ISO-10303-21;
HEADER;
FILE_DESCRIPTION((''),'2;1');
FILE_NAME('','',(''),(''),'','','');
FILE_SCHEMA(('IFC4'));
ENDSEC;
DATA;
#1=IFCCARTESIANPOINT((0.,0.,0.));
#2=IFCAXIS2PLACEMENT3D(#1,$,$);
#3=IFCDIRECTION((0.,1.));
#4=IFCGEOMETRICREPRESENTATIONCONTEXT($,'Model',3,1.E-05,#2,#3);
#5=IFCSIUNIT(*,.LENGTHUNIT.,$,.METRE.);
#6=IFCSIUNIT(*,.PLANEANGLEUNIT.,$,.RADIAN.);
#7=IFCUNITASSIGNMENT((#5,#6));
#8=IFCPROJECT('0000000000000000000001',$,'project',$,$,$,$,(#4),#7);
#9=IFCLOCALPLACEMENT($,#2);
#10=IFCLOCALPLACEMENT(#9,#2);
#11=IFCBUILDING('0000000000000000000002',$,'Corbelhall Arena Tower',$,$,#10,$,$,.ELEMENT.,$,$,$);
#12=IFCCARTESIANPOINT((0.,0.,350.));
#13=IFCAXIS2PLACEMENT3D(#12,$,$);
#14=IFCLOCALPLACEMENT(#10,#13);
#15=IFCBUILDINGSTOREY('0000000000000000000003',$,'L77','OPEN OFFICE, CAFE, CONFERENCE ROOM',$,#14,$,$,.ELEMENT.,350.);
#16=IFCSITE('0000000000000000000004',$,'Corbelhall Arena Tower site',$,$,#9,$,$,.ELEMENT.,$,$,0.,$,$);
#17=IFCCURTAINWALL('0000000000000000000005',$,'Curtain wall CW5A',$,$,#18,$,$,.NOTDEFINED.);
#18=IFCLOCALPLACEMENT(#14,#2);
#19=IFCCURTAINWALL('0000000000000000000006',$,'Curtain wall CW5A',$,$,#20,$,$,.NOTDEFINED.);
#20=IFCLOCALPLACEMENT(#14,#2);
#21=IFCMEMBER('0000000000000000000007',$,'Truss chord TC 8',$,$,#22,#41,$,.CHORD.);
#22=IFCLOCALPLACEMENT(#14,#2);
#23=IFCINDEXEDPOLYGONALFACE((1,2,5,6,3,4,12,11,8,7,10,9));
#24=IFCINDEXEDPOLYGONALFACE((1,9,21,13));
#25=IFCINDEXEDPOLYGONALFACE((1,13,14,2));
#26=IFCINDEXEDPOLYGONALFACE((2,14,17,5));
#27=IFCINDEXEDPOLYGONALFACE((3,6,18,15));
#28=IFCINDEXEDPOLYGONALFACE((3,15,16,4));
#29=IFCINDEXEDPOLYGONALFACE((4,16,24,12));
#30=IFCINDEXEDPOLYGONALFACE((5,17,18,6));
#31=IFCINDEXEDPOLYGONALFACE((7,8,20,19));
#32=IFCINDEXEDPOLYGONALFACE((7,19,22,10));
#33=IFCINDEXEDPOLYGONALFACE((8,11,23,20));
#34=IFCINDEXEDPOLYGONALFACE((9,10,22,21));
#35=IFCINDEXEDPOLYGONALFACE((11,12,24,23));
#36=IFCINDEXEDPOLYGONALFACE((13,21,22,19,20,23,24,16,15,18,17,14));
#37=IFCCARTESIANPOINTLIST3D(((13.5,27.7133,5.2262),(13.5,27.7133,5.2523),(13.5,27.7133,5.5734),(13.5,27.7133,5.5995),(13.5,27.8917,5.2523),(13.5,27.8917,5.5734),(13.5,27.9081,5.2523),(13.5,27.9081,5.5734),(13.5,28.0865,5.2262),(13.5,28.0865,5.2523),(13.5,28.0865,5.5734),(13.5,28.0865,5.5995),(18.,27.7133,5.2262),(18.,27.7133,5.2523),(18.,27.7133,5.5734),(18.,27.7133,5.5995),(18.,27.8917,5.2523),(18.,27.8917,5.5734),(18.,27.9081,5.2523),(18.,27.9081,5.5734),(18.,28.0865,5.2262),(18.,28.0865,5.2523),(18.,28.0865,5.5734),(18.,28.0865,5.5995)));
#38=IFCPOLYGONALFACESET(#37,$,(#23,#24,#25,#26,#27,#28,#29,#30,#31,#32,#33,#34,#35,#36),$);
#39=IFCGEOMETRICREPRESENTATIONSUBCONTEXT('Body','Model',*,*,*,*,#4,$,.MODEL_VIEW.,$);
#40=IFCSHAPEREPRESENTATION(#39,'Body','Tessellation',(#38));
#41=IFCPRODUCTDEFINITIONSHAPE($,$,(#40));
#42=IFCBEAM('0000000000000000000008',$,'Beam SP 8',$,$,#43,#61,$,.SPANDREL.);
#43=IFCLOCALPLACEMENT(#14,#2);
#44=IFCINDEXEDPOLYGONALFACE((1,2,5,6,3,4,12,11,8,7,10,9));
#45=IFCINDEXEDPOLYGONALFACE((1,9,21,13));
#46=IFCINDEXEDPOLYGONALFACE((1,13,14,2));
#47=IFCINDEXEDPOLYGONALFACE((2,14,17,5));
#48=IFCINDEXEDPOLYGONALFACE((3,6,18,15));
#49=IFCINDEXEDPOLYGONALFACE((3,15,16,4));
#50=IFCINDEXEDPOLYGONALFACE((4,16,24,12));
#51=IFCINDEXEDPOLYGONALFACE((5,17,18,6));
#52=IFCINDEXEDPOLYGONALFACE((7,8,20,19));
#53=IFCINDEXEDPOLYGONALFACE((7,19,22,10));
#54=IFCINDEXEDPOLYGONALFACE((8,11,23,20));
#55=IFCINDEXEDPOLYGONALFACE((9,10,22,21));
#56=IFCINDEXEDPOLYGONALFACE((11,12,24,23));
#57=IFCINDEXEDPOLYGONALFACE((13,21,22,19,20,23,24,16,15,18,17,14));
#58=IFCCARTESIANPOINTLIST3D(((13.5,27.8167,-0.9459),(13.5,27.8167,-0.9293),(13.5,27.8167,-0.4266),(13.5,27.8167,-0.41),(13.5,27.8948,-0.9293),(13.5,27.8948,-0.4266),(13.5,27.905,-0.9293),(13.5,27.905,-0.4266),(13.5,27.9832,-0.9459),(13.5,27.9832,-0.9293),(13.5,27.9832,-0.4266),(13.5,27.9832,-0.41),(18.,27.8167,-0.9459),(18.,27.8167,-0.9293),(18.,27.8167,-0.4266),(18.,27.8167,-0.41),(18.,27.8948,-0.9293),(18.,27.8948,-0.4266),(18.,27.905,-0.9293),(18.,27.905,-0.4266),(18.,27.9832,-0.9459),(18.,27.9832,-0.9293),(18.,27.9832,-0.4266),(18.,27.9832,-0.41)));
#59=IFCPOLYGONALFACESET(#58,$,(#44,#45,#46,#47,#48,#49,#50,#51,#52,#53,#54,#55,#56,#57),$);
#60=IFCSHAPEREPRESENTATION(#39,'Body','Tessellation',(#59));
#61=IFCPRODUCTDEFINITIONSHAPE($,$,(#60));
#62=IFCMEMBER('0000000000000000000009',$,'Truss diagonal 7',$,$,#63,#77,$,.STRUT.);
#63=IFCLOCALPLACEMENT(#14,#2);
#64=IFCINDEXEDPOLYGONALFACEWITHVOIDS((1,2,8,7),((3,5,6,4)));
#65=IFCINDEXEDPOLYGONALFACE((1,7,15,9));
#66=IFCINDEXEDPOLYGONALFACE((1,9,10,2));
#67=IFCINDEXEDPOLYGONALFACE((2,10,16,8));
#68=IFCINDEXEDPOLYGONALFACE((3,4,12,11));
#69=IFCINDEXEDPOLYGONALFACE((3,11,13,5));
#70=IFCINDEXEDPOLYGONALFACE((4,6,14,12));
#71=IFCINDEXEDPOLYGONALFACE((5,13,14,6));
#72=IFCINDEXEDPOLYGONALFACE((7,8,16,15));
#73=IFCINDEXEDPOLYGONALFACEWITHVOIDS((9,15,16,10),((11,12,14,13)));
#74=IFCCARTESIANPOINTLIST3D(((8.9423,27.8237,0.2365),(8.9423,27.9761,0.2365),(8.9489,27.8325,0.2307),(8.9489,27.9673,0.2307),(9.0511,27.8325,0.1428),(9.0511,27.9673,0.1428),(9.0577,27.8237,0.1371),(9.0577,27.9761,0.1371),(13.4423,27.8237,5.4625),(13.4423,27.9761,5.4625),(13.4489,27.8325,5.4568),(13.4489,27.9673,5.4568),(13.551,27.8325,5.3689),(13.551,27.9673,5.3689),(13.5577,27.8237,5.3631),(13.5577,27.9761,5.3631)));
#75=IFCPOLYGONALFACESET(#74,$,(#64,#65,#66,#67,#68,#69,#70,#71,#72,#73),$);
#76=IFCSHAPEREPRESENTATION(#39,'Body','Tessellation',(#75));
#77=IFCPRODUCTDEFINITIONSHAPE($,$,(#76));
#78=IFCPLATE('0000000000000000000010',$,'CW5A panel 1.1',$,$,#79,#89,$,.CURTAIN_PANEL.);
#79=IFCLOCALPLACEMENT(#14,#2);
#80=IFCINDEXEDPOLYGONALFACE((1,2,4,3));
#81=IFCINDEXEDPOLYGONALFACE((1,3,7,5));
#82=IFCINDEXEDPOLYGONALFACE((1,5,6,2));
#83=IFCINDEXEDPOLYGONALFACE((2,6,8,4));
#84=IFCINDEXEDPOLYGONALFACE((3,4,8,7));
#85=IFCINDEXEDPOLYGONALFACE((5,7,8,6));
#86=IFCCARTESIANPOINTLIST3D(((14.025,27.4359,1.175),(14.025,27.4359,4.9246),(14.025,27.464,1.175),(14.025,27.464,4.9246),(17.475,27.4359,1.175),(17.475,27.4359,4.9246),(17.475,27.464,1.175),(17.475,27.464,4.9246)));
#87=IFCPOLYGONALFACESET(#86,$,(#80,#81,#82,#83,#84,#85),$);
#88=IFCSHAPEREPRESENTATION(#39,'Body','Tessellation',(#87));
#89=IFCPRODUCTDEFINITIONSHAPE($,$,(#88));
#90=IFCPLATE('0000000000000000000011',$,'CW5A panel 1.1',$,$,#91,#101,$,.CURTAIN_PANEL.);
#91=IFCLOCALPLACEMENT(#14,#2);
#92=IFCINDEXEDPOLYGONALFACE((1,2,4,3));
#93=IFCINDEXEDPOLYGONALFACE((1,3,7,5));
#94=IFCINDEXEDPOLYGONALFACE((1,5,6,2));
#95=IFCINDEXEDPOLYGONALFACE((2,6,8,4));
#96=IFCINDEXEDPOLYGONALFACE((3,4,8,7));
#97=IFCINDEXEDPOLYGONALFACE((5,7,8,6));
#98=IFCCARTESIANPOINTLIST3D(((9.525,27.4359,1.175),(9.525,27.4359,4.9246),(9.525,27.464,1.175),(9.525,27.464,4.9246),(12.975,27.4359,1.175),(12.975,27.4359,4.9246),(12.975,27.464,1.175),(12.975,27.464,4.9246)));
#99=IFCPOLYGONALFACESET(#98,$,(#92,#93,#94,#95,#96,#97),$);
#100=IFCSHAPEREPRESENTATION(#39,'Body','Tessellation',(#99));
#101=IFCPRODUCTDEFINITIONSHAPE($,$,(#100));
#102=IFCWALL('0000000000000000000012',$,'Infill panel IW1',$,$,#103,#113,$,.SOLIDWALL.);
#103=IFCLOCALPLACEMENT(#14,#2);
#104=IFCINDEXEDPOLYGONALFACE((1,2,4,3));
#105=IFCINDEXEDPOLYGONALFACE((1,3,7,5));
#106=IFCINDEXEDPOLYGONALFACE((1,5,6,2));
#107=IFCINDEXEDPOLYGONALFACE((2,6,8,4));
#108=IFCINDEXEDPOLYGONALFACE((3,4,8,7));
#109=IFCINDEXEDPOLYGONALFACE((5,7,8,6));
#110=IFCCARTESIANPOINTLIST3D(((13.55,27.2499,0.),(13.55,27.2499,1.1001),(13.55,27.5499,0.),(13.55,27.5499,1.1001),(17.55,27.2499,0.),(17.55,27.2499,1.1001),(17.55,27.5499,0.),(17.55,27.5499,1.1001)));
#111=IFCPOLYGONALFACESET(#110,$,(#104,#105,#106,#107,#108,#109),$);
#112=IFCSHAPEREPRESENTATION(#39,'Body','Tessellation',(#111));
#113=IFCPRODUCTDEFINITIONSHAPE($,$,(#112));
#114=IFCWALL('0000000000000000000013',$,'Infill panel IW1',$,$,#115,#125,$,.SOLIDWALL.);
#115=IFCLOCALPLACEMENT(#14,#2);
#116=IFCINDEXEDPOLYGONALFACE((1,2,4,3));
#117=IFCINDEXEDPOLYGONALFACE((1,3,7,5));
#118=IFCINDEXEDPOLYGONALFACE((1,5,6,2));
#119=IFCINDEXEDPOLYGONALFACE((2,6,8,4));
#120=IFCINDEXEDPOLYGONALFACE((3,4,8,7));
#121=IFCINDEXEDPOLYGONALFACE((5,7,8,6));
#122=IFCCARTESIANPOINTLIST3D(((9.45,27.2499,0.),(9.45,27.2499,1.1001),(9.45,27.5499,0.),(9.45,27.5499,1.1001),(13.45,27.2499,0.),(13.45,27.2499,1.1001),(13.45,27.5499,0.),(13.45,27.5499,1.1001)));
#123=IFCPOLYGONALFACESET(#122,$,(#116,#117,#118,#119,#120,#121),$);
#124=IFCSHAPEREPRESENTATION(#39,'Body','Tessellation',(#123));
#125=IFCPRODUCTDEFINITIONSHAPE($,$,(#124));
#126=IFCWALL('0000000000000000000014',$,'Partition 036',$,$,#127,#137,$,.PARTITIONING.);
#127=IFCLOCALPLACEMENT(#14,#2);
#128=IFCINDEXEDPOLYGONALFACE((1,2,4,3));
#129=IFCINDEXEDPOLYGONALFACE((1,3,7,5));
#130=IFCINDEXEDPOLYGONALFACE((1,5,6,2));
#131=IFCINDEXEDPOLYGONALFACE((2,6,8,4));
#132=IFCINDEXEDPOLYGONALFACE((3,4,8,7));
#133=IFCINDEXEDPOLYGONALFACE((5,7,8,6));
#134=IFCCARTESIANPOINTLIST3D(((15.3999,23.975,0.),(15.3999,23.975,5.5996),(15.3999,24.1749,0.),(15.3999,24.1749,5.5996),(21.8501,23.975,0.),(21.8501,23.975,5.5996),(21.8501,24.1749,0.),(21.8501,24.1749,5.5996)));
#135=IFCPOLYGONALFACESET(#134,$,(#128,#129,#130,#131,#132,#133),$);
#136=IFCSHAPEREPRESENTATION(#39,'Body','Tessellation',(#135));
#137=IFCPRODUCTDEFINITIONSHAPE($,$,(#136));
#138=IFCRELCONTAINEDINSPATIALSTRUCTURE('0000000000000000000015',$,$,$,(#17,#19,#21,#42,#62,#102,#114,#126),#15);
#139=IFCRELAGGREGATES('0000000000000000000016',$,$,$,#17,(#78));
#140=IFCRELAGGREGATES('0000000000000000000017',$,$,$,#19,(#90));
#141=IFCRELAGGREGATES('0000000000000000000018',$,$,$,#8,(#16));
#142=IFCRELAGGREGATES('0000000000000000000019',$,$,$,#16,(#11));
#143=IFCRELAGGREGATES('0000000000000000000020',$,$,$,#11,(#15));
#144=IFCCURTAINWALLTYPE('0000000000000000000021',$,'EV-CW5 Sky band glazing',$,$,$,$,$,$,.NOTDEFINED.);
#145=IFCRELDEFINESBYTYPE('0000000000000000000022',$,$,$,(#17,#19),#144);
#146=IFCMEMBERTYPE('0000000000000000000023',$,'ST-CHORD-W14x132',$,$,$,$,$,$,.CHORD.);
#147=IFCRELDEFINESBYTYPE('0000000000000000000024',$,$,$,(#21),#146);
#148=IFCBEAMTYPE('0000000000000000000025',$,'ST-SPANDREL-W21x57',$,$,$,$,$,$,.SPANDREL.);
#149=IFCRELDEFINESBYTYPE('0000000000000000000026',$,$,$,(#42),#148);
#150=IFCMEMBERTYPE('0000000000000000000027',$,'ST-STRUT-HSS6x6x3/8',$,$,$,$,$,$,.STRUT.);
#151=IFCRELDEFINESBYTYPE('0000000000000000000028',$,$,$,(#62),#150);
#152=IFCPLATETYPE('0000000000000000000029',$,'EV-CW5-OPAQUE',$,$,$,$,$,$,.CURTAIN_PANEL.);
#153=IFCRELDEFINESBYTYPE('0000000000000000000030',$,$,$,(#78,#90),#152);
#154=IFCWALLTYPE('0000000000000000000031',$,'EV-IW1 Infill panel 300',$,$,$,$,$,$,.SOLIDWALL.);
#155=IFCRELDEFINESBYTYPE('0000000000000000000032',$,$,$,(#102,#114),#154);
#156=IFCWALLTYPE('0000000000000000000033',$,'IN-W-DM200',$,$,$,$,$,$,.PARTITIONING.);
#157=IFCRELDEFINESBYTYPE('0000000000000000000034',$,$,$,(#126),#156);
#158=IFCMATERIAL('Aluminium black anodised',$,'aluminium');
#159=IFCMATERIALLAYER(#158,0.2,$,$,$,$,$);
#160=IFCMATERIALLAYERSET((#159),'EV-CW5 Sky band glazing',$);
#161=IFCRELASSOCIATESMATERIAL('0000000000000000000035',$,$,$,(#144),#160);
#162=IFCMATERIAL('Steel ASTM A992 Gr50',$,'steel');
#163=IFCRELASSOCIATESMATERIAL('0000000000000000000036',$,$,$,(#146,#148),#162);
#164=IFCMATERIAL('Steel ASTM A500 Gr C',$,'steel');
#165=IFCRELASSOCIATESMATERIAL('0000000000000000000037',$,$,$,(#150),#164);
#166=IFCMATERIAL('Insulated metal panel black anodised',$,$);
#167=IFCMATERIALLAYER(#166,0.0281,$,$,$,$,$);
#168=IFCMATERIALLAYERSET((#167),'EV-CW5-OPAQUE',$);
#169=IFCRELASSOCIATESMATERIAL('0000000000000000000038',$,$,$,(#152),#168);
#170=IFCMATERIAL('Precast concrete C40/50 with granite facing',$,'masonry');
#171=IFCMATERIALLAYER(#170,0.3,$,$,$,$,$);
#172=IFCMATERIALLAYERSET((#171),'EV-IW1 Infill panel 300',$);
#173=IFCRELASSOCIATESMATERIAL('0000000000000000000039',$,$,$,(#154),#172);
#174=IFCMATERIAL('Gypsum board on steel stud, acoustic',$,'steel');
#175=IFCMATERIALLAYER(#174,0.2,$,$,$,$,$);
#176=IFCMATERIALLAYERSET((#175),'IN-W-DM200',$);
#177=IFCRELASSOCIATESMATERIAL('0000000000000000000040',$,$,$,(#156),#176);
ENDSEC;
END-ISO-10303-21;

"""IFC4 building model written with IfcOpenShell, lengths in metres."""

from ifc_helpers import new_model, si_unit, direction, frame, frame_2d, origin, origin_2d, place, context, subcontext, project, spatial, rectangle, hollow_rectangle, i_section, extrude, material, layer, layer_set, material_profile, profile_set, type_object, element, aggregate, save


model = new_model("IFC4")

# Units and contexts
model_context = context("Model", 3, precision=1e-05, world=origin(), true_north=direction((0.0, 1.0)))
body_context = subcontext(model_context, "Body", "Model", "MODEL_VIEW")
ifc_project = project(units=[si_unit("LENGTHUNIT", "METRE"), si_unit("PLANEANGLEUNIT", "RADIAN")], contexts=[model_context])

# Site, building, storey
site_placement = place(None, origin())
site = spatial("IfcSite", under=ifc_project, at=site_placement, Name="Corbelhall Arena Tower site", CompositionType="ELEMENT", RefElevation=0.0)
building_placement = place(site_placement, origin())
building = spatial("IfcBuilding", under=site, at=building_placement, Name="Corbelhall Arena Tower", CompositionType="ELEMENT")
storey_placement = place(building_placement, frame((0.0, 0.0, 350.0)))
storey = spatial("IfcBuildingStorey", under=building, at=storey_placement, Name="L77", Description="OPEN OFFICE, CAFE, CONFERENCE ROOM", CompositionType="ELEMENT", Elevation=350.0)

# Curtain walls
ifc_material_1 = material(Name="Aluminium black anodised", Category="aluminium")
ifc_layer_1 = layer(ifc_material_1, 0.2)
ifc_layer_set_1 = layer_set([ifc_layer_1], Name="EV-CW5 Sky band glazing")
curtain_wall_type = type_object("IfcCurtainWallType", Name="EV-CW5 Sky band glazing", PredefinedType="NOTDEFINED", material=ifc_layer_set_1)
curtain_wall_1_placement = place(storey_placement, origin())
curtain_wall_1 = element("IfcCurtainWall", 1, at=curtain_wall_1_placement, inside=storey, type_object=curtain_wall_type, Name="Curtain wall CW5A", PredefinedType="NOTDEFINED")
curtain_wall_2_placement = place(storey_placement, origin())
curtain_wall_2 = element("IfcCurtainWall", 2, at=curtain_wall_2_placement, inside=storey, type_object=curtain_wall_type, Name="Curtain wall CW5A", PredefinedType="NOTDEFINED")

# Member
ifc_material_2 = material(Name="Steel ASTM A992 Gr50", Category="steel")
ifc_material_profile_1 = material_profile(ifc_material_2, i_section(OverallWidth=0.3733, OverallDepth=0.3733, WebThickness=0.0164, FlangeThickness=0.0261, at=origin_2d()))
ifc_profile_set_1 = profile_set([ifc_material_profile_1], Name="Steel ASTM A992 Gr50")
member_type_1 = type_object("IfcMemberType", Name="ST-CHORD-W14x132", PredefinedType="CHORD", material=ifc_profile_set_1)
for number, where, z_axis, x_axis, name in (
    (3, (13.5, 27.8999, 5.4128), (1.0, 0.0, 0.0), (0.0, 1.0, 0.0), "Truss chord TC 8"),
):
    element("IfcMember", number, at=place(storey_placement, frame(where, z_axis=z_axis, x_axis=x_axis)), inside=storey, type_object=member_type_1, Name=name, PredefinedType="CHORD", context=body_context, shape_type="SweptSolid", body=[
        extrude(i_section(OverallWidth=0.3733, OverallDepth=0.3733, WebThickness=0.0164, FlangeThickness=0.0261, at=origin_2d()), origin(), (0.0, 0.0, 1.0), 4.5),
    ])

# Beam
ifc_material_profile_2 = material_profile(ifc_material_2, i_section(OverallWidth=0.1665, OverallDepth=0.5359, WebThickness=0.0103, FlangeThickness=0.0166, at=origin_2d()))
ifc_profile_set_2 = profile_set([ifc_material_profile_2], Name="Steel ASTM A992 Gr50")
beam_type = type_object("IfcBeamType", Name="ST-SPANDREL-W21x57", PredefinedType="SPANDREL", material=ifc_profile_set_2)
beam_placement = place(storey_placement, frame((13.5, 27.8999, -0.678), z_axis=(1.0, 0.0, 0.0), x_axis=(0.0, 1.0, 0.0)))
element("IfcBeam", 4, at=beam_placement, inside=storey, type_object=beam_type, Name="Beam SP 8", PredefinedType="SPANDREL", context=body_context, shape_type="SweptSolid", body=[
    extrude(i_section(OverallWidth=0.1665, OverallDepth=0.5359, WebThickness=0.0103, FlangeThickness=0.0166, at=origin_2d()), origin(), (0.0, 0.0, 1.0), 4.5),
])

# Member
ifc_material_3 = material(Name="Steel ASTM A500 Gr C", Category="steel")
ifc_material_profile_3 = material_profile(ifc_material_3, hollow_rectangle(XDim=0.1523, YDim=0.1523, WallThickness=0.0088, at=origin_2d()))
ifc_profile_set_3 = profile_set([ifc_material_profile_3], Name="Steel ASTM A500 Gr C")
member_type_2 = type_object("IfcMemberType", Name="ST-STRUT-HSS6x6x3/8", PredefinedType="STRUT", material=ifc_profile_set_3)
member_1_placement = place(storey_placement, frame((9.0, 27.8999, 0.1868), z_axis=(0.652504, 0.0, 0.757785), x_axis=(0.0, 1.0, 0.0)))
element("IfcMember", 5, at=member_1_placement, inside=storey, type_object=member_type_2, Name="Truss diagonal 7", PredefinedType="STRUT", context=body_context, shape_type="SweptSolid", body=[
    extrude(hollow_rectangle(XDim=0.1523, YDim=0.1523, WallThickness=0.0088, at=origin_2d()), origin(), (0.0, 0.0, 1.0), 6.8965),
])

# Plates
ifc_material_4 = material(Name="Insulated metal panel black anodised")
ifc_layer_2 = layer(ifc_material_4, 0.0281)
ifc_layer_set_2 = layer_set([ifc_layer_2], Name="EV-CW5-OPAQUE")
plate_type = type_object("IfcPlateType", Name="EV-CW5-OPAQUE", PredefinedType="CURTAIN_PANEL", material=ifc_layer_set_2)
plate_1_placement = place(storey_placement, frame((15.75, 27.45, 1.175), z_axis=(0.0, 0.0, 1.0), x_axis=(-1.0, 0.0, 0.0)))
plate_1 = element("IfcPlate", 6, at=plate_1_placement, type_object=plate_type, Name="CW5A panel 1.1", PredefinedType="CURTAIN_PANEL", context=body_context, shape_type="SweptSolid", body=[
    extrude(rectangle(XDim=3.45, YDim=0.0281, at=origin_2d()), origin(), (0.0, 0.0, 1.0), 3.7495),
])
aggregate(curtain_wall_1, [plate_1])
plate_2_placement = place(storey_placement, frame((11.25, 27.45, 1.175), z_axis=(0.0, 0.0, 1.0), x_axis=(-1.0, 0.0, 0.0)))
plate_2 = element("IfcPlate", 7, at=plate_2_placement, type_object=plate_type, Name="CW5A panel 1.1", PredefinedType="CURTAIN_PANEL", context=body_context, shape_type="SweptSolid", body=[
    extrude(rectangle(XDim=3.45, YDim=0.0281, at=origin_2d()), origin(), (0.0, 0.0, 1.0), 3.7495),
])
aggregate(curtain_wall_2, [plate_2])

# Walls
ifc_material_5 = material(Name="Precast concrete C40/50 with granite facing", Category="masonry")
ifc_layer_3 = layer(ifc_material_5, 0.3)
ifc_layer_set_3 = layer_set([ifc_layer_3], Name="EV-IW1 Infill panel 300")
wall_type_1 = type_object("IfcWallType", Name="EV-IW1 Infill panel 300", PredefinedType="SOLIDWALL", material=ifc_layer_set_3)
for number, where, z_axis, x_axis, name in (
    (8, (17.55, 27.3999, 0.0), (0.0, 0.0, 1.0), (-1.0, 0.0, 0.0), "Infill panel IW1"),
    (9, (13.45, 27.3999, 0.0), (0.0, 0.0, 1.0), (-1.0, 0.0, 0.0), "Infill panel IW1"),
):
    element("IfcWall", number, at=place(storey_placement, frame(where, z_axis=z_axis, x_axis=x_axis)), inside=storey, type_object=wall_type_1, Name=name, PredefinedType="SOLIDWALL", context=body_context, shape_type="SweptSolid", body=[
        extrude(rectangle(XDim=4.0, YDim=0.3, at=frame_2d((2.0, 0.0))), origin(), (0.0, 0.0, 1.0), 1.1001),
    ])

# Shared definitions
ifc_material_6 = material(Name="Gypsum board on steel stud, acoustic", Category="steel")
ifc_layer_4 = layer(ifc_material_6, 0.2)
ifc_layer_set_4 = layer_set([ifc_layer_4], Name="IN-W-DM200")
wall_type_2 = type_object("IfcWallType", Name="IN-W-DM200", PredefinedType="PARTITIONING", material=ifc_layer_set_4)

# Wall
wall_1_placement = place(storey_placement, frame((15.3999, 24.075, 0.0), z_axis=(0.0, 0.0, 1.0), x_axis=(1.0, 0.0, 0.0)))
element("IfcWall", 10, at=wall_1_placement, inside=storey, type_object=wall_type_2, Name="Partition 036", PredefinedType="PARTITIONING", context=body_context, shape_type="SweptSolid", body=[
    extrude(rectangle(XDim=6.4502, YDim=0.2, at=frame_2d((3.2251, 0.0))), origin(), (0.0, 0.0, 1.0), 5.5996),
])

save(model, "model.ifc")
